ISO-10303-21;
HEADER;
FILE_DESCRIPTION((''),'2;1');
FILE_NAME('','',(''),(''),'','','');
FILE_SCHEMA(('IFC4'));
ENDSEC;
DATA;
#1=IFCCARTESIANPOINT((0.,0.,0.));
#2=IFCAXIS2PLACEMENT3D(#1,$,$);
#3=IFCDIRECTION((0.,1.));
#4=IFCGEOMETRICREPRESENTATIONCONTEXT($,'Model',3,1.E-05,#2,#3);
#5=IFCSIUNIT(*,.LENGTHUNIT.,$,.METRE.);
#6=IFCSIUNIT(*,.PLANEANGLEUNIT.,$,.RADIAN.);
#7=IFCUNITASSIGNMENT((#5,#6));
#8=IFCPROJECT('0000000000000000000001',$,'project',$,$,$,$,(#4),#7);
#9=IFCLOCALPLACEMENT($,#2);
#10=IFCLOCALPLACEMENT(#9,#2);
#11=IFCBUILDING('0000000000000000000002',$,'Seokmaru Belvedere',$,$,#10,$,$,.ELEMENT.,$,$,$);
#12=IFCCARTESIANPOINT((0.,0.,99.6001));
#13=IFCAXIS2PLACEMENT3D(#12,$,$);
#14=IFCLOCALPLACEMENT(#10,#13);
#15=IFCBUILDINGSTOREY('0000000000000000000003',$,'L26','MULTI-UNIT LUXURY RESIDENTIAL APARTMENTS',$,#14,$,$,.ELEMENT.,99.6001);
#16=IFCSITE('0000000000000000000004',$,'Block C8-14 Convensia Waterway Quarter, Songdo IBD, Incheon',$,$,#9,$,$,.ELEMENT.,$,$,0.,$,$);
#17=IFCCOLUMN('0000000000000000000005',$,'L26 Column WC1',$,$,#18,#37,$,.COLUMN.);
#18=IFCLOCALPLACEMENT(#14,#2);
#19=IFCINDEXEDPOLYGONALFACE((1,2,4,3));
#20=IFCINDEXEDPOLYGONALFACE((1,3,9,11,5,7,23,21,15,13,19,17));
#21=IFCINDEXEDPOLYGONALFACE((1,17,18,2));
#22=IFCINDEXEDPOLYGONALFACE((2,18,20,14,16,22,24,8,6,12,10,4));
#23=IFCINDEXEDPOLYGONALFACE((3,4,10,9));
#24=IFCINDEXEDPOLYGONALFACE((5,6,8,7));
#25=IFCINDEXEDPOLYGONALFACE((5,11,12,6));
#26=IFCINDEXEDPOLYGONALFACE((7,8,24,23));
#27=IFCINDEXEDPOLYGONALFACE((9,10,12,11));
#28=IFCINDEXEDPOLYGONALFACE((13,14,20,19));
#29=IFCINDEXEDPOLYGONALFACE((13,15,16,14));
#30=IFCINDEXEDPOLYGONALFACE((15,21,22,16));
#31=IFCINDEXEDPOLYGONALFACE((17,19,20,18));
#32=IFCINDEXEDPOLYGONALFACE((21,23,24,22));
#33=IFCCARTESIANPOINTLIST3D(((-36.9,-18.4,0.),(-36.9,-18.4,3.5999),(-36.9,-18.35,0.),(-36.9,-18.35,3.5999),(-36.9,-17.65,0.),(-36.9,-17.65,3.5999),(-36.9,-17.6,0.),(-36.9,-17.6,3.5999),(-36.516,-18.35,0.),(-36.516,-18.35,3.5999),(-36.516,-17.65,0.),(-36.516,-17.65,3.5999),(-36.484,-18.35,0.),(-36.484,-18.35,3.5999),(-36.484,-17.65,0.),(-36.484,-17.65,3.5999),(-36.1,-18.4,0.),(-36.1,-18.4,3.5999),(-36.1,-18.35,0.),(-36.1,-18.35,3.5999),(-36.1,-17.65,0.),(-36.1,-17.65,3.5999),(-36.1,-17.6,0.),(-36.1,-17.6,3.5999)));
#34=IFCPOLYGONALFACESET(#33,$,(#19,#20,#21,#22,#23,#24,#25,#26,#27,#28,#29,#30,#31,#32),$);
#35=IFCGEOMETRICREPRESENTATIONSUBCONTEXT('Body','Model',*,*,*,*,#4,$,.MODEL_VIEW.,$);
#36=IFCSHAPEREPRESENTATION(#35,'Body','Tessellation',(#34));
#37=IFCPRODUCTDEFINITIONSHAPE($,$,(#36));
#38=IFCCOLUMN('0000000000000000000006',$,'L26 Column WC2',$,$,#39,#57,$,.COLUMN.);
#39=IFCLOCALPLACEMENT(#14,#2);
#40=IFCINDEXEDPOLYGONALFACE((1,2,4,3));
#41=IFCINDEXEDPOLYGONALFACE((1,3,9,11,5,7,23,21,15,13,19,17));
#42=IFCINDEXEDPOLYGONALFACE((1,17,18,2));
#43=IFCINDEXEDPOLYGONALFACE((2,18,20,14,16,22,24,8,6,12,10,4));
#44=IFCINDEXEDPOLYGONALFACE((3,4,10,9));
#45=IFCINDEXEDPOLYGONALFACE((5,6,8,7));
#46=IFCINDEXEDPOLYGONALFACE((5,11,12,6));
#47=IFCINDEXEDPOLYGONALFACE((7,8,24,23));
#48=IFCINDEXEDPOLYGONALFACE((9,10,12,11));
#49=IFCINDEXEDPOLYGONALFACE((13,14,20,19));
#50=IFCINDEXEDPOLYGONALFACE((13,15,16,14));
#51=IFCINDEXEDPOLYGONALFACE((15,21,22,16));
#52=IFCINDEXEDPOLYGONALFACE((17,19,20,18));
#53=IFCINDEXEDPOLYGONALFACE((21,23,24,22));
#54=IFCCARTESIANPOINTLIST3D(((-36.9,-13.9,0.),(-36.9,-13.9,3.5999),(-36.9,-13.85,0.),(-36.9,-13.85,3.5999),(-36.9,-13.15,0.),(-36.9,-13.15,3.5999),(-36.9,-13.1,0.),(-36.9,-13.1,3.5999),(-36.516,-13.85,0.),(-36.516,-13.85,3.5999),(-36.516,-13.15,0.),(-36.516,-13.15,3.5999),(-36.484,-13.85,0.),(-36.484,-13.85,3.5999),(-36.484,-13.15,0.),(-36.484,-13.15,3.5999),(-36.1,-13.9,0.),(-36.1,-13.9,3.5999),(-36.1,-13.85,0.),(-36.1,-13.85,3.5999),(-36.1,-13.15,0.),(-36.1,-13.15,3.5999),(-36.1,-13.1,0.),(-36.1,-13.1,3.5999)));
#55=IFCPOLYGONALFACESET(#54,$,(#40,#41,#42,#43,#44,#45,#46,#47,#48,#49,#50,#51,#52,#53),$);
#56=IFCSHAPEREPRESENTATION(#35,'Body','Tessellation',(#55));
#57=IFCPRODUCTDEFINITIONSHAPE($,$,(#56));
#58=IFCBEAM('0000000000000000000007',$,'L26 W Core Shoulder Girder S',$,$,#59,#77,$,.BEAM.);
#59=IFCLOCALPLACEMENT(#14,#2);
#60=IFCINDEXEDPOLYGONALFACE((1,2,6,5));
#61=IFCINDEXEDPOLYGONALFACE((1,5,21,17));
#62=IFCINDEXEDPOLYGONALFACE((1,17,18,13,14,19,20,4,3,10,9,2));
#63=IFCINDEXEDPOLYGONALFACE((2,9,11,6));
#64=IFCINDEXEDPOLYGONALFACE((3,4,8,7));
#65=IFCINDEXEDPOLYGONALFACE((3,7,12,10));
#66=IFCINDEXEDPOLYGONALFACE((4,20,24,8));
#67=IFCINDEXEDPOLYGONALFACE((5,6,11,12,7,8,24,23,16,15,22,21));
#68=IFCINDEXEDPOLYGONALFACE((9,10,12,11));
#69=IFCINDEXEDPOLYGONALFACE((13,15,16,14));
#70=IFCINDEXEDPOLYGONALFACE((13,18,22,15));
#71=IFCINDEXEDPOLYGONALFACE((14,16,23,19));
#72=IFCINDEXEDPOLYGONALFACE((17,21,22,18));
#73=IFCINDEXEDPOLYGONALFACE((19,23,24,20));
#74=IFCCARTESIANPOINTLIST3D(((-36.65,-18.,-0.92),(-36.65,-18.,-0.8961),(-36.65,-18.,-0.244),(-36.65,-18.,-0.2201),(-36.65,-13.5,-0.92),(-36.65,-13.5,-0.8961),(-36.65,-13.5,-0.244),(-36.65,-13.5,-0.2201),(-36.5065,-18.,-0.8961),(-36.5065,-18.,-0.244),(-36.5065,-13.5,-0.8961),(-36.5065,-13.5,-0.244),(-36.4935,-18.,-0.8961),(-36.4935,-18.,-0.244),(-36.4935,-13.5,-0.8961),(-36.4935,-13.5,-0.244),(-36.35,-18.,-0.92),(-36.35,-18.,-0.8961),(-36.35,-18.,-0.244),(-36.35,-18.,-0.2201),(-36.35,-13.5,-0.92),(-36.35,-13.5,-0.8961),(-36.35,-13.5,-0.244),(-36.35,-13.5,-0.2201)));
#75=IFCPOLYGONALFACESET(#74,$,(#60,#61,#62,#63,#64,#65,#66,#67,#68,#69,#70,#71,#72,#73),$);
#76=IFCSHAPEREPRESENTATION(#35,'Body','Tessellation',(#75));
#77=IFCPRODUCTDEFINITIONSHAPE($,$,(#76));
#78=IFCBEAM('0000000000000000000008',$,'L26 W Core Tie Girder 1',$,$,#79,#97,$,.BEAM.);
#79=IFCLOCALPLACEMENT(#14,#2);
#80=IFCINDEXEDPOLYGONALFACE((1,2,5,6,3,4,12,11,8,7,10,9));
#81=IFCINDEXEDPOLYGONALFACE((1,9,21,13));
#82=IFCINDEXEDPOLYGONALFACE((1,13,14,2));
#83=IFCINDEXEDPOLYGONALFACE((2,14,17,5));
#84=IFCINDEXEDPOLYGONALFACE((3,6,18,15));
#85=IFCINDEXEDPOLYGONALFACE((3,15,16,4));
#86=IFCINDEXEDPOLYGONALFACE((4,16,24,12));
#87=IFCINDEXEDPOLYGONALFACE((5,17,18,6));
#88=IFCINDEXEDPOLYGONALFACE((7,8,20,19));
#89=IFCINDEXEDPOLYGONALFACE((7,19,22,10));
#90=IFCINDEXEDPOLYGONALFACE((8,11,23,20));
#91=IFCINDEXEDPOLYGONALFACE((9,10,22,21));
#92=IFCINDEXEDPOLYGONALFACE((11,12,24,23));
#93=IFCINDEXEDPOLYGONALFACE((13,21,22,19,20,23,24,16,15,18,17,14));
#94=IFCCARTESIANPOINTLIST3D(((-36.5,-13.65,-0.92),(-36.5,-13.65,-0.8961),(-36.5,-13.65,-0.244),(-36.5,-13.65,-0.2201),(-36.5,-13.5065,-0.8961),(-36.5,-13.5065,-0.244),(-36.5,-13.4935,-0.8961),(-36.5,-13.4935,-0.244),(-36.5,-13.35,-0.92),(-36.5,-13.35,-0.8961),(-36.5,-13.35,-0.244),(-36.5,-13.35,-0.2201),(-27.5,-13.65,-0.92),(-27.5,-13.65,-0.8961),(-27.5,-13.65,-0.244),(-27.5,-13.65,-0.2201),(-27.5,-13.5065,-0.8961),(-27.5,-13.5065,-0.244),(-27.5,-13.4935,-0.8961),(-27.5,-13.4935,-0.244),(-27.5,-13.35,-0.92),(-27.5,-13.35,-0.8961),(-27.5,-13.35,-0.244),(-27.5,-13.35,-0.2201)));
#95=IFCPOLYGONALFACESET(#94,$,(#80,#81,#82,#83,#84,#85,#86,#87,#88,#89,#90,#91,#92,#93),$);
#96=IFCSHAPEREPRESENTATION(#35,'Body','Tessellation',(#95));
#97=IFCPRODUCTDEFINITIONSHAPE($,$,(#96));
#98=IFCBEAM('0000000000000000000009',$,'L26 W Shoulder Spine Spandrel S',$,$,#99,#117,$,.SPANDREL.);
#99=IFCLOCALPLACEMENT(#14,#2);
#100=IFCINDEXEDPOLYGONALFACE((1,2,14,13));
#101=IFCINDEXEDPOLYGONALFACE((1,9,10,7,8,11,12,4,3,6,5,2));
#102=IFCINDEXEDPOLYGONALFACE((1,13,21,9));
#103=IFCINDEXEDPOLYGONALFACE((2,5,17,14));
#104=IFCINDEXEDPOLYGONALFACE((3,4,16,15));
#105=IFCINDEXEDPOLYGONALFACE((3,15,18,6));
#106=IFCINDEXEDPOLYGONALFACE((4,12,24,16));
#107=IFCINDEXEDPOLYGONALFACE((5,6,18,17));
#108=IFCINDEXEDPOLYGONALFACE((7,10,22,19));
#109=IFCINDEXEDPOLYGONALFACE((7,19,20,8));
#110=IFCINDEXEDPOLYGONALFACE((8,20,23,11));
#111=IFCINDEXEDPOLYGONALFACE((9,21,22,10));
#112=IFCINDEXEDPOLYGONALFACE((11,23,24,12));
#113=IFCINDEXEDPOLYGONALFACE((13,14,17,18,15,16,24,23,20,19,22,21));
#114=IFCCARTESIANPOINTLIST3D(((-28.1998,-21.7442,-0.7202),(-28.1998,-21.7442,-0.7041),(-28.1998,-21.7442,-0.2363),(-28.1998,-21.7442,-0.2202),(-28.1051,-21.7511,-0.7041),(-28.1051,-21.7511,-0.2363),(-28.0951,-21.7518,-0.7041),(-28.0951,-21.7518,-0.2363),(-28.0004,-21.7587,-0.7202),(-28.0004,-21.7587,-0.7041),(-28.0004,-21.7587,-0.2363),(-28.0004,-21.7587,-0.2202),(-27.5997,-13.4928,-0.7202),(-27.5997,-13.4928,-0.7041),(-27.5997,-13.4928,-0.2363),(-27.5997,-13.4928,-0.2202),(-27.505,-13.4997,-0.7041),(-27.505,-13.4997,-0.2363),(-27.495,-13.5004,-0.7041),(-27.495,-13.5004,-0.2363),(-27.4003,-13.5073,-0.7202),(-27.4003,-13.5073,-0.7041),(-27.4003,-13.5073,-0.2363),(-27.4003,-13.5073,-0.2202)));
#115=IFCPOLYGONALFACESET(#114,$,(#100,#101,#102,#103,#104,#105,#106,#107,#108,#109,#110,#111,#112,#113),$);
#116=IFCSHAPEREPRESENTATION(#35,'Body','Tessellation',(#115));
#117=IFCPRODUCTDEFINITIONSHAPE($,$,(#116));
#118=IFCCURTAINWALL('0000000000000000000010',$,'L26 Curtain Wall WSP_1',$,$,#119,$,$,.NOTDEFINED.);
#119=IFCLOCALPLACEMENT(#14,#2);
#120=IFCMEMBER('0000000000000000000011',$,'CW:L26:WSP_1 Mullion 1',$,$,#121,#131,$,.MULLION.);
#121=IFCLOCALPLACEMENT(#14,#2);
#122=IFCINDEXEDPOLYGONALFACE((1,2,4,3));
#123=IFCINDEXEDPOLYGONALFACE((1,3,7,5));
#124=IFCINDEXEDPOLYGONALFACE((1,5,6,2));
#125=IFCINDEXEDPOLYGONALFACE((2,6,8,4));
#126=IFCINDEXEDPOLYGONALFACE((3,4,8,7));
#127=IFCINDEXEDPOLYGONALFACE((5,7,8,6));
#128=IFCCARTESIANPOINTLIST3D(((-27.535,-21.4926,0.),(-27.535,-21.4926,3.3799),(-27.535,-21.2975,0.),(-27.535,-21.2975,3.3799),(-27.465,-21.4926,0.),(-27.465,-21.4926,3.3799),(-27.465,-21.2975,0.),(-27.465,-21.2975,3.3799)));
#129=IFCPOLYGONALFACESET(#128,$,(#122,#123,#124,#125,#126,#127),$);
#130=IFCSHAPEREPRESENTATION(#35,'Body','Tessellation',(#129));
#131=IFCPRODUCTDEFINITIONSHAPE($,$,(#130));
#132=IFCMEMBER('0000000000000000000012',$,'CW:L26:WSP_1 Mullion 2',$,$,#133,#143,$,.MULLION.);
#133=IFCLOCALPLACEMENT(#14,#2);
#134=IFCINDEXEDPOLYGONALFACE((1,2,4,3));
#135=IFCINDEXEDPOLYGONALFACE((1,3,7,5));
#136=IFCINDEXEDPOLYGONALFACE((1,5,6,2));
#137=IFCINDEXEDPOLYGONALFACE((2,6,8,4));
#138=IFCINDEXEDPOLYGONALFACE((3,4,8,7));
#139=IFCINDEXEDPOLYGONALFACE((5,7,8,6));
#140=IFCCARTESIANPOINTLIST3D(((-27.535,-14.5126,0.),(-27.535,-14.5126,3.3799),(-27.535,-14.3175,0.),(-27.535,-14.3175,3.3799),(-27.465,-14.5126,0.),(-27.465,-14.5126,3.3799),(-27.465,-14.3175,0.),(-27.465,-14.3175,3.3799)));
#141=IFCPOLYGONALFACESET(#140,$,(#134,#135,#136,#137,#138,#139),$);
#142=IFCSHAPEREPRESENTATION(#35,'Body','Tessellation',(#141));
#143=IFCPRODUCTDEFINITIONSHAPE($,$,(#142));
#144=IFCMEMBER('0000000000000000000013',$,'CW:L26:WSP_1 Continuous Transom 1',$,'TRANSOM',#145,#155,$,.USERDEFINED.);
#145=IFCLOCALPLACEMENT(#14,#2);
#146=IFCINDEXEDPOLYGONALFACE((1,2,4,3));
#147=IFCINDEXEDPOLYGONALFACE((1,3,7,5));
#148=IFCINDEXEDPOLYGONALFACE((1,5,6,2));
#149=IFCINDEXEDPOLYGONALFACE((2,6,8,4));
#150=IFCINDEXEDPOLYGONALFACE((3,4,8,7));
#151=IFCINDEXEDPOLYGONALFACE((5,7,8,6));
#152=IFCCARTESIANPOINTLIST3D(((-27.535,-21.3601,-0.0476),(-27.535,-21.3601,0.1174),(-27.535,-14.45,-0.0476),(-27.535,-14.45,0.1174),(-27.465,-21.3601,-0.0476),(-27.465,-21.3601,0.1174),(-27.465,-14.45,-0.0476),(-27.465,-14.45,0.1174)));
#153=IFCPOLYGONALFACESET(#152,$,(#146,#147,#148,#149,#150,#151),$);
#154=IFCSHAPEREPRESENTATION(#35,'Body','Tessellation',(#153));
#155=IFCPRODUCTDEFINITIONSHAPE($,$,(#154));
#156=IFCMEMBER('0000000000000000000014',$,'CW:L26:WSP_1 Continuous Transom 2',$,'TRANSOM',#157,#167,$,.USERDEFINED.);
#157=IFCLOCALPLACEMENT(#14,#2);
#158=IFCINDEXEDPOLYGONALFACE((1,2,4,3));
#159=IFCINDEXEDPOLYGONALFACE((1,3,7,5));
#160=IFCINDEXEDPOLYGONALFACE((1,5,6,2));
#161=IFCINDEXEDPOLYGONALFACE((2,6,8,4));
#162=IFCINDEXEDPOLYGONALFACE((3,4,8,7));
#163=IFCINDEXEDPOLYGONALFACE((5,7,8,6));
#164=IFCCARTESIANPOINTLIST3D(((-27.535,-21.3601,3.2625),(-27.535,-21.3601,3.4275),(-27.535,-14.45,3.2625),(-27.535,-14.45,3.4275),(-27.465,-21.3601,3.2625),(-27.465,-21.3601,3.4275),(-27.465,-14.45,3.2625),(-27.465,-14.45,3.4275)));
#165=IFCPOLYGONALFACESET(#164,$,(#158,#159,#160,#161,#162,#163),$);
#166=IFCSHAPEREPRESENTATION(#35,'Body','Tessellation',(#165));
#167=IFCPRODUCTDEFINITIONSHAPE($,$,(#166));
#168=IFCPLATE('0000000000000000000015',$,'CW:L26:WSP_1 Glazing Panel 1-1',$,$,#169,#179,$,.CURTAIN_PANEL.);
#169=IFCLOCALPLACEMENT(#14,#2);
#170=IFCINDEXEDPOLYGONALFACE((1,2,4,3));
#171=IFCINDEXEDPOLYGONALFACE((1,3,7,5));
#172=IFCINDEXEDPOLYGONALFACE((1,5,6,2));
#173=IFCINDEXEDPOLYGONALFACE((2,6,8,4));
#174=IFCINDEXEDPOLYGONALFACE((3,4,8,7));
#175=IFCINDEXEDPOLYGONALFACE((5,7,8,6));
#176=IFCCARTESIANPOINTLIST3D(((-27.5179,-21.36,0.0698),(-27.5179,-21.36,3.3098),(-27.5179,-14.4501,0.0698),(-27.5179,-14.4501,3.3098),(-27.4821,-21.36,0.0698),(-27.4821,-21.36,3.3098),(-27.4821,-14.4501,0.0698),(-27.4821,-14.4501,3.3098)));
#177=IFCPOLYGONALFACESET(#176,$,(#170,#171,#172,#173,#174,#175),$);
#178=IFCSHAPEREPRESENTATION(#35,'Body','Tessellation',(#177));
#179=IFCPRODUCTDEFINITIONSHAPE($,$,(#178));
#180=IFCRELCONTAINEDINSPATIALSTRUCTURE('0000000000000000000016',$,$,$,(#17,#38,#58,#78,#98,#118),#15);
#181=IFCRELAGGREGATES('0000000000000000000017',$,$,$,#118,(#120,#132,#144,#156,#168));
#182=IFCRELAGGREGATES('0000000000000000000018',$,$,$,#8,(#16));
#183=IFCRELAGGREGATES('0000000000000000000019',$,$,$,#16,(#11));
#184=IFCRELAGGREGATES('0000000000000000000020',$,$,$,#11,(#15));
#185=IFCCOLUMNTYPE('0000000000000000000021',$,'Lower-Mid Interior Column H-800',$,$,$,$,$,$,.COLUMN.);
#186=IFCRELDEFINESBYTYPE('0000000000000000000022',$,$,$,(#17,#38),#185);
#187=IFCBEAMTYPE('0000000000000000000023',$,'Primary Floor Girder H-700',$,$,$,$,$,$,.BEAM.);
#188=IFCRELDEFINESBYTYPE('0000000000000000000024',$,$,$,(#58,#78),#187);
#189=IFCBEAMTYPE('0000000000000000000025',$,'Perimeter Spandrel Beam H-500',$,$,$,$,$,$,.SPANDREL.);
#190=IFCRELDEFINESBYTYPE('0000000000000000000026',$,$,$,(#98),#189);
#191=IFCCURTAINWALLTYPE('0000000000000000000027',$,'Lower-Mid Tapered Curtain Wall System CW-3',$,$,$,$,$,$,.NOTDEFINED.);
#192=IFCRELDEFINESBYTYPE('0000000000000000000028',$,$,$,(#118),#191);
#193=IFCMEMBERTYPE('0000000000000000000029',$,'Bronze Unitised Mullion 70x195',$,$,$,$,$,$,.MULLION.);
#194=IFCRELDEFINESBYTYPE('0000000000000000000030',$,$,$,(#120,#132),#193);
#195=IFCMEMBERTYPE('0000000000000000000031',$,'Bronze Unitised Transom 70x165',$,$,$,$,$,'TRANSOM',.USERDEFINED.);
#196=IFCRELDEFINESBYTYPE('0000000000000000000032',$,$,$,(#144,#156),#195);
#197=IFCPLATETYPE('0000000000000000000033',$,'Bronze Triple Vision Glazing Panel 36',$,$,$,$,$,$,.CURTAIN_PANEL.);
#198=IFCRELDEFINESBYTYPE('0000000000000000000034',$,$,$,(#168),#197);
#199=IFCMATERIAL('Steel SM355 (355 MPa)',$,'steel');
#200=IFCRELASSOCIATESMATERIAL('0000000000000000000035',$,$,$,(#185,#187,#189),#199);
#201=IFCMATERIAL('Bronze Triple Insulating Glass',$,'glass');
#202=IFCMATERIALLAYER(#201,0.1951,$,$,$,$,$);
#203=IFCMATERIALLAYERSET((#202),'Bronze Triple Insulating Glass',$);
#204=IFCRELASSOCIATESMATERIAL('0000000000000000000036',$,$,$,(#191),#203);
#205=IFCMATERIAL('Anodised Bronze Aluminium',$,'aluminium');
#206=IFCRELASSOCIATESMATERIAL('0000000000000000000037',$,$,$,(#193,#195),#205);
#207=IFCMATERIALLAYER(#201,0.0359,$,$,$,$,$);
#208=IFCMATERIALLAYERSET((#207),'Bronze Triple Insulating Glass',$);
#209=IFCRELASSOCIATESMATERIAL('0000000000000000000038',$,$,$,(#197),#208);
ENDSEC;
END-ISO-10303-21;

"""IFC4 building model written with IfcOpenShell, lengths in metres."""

from ifc_helpers import new_model, si_unit, direction, frame, origin, origin_2d, place, context, subcontext, project, spatial, rectangle, i_section, extrude, source, transform, mapped, material, layer, layer_set, material_profile, profile_set, type_object, type_shapes, element, aggregate, save


model = new_model("IFC4")

# Units and contexts
model_context = context("Model", 3, precision=1e-05, world=origin(), true_north=direction((0.0, 1.0)))
body_context = subcontext(model_context, "Body", "Model", "MODEL_VIEW")
ifc_project = project(units=[si_unit("LENGTHUNIT", "METRE"), si_unit("PLANEANGLEUNIT", "RADIAN")], contexts=[model_context])

# Site, building, storey
site_placement = place(None, origin())
site = spatial("IfcSite", under=ifc_project, at=site_placement, Name="Block C8-14 Convensia Waterway Quarter, Songdo IBD, Incheon", CompositionType="ELEMENT", RefElevation=0.0)
building_placement = place(site_placement, origin())
building = spatial("IfcBuilding", under=site, at=building_placement, Name="Seokmaru Belvedere", CompositionType="ELEMENT")
storey_placement = place(building_placement, frame((0.0, 0.0, 99.6001)))
storey = spatial("IfcBuildingStorey", under=building, at=storey_placement, Name="L26", Description="MULTI-UNIT LUXURY RESIDENTIAL APARTMENTS", CompositionType="ELEMENT", Elevation=99.6001)

# Columns
ifc_material_1 = material(Name="Steel SM355 (355 MPa)", Category="steel")
ifc_material_profile_1 = material_profile(ifc_material_1, i_section(OverallWidth=0.8, OverallDepth=0.8, WebThickness=0.032, FlangeThickness=0.05, at=origin_2d()), Name="H-800x800x32x50")
ifc_profile_set_1 = profile_set([ifc_material_profile_1], Name="Steel SM355 (355 MPa)")
column_type = type_object("IfcColumnType", Name="Lower-Mid Interior Column H-800", PredefinedType="COLUMN", material=ifc_profile_set_1)
shared_shape_1 = source(origin(), body_context, "Body", "SweptSolid", [
    extrude(i_section(OverallWidth=0.8, OverallDepth=0.8, WebThickness=0.032, FlangeThickness=0.05, at=origin_2d()), origin(), (0.0, 0.0, 1.0), 3.5999),
])
type_shapes(column_type, [shared_shape_1])
for number, where, z_axis, x_axis, name in (
    (1, (-36.5, -18.0, 0.0), (0.0, 0.0, 1.0), (1.0, 0.0, 0.0), "L26 Column WC1"),
    (2, (-36.5, -13.5, 0.0), (0.0, 0.0, 1.0), (1.0, 0.0, 0.0), "L26 Column WC2"),
):
    element("IfcColumn", number, at=place(storey_placement, frame(where, z_axis=z_axis, x_axis=x_axis)), inside=storey, type_object=column_type, Name=name, PredefinedType="COLUMN", context=body_context, shape_type="MappedRepresentation", body=[
        mapped(shared_shape_1, transform((0.0, 0.0, 0.0), scale=1.0)),
    ])

# Beams
ifc_material_profile_2 = material_profile(ifc_material_1, i_section(OverallWidth=0.3, OverallDepth=0.7, WebThickness=0.0129, FlangeThickness=0.0239, at=origin_2d()), Name="H-700x300x13x24")
ifc_profile_set_2 = profile_set([ifc_material_profile_2], Name="Steel SM355 (355 MPa)")
beam_type_1 = type_object("IfcBeamType", Name="Primary Floor Girder H-700", PredefinedType="BEAM", material=ifc_profile_set_2)
shared_shape_2 = source(origin(), body_context, "Body", "SweptSolid", [
    extrude(i_section(OverallWidth=0.3, OverallDepth=0.7, WebThickness=0.0129, FlangeThickness=0.0239, at=origin_2d()), origin(), (0.0, 0.0, 1.0), 4.5),
])
beam_1_placement = place(storey_placement, frame((-36.5, -18.0, -0.5701), z_axis=(0.0, 1.0, 0.0), x_axis=(-1.0, 0.0, 0.0)))
element("IfcBeam", 3, at=beam_1_placement, inside=storey, type_object=beam_type_1, Name="L26 W Core Shoulder Girder S", PredefinedType="BEAM", context=body_context, shape_type="MappedRepresentation", body=[
    mapped(shared_shape_2, transform((0.0, 0.0, 0.0), scale=1.0)),
])
shared_shape_3 = source(origin(), body_context, "Body", "SweptSolid", [
    extrude(i_section(OverallWidth=0.3, OverallDepth=0.7, WebThickness=0.0129, FlangeThickness=0.0239, at=origin_2d()), origin(), (0.0, 0.0, 1.0), 9.0),
])
type_shapes(beam_type_1, [shared_shape_2, shared_shape_3])
beam_2_placement = place(storey_placement, frame((-36.5, -13.5, -0.5701), z_axis=(1.0, 0.0, 0.0), x_axis=(0.0, 1.0, 0.0)))
element("IfcBeam", 4, at=beam_2_placement, inside=storey, type_object=beam_type_1, Name="L26 W Core Tie Girder 1", PredefinedType="BEAM", context=body_context, shape_type="MappedRepresentation", body=[
    mapped(shared_shape_3, transform((0.0, 0.0, 0.0), scale=1.0)),
])
ifc_material_profile_3 = material_profile(ifc_material_1, i_section(OverallWidth=0.2, OverallDepth=0.5, WebThickness=0.01, FlangeThickness=0.0161, at=origin_2d()), Name="H-500x200x10x16")
ifc_profile_set_3 = profile_set([ifc_material_profile_3], Name="Steel SM355 (355 MPa)")
beam_type_2 = type_object("IfcBeamType", Name="Perimeter Spandrel Beam H-500", PredefinedType="SPANDREL", material=ifc_profile_set_3)
shared_shape_4 = source(origin(), body_context, "Body", "SweptSolid", [
    extrude(i_section(OverallWidth=0.2, OverallDepth=0.5, WebThickness=0.01, FlangeThickness=0.0161, at=origin_2d()), origin(), (0.0, 0.0, 1.0), 8.2732),
])
type_shapes(beam_type_2, [shared_shape_4])
beam_3_placement = place(storey_placement, frame((-28.1001, -21.7515, -0.4702), z_axis=(0.072535, 0.997366, 0.0), x_axis=(-0.997366, 0.072535, 0.0)))
element("IfcBeam", 5, at=beam_3_placement, inside=storey, type_object=beam_type_2, Name="L26 W Shoulder Spine Spandrel S", PredefinedType="SPANDREL", context=body_context, shape_type="MappedRepresentation", body=[
    mapped(shared_shape_4, transform((0.0, 0.0, 0.0), scale=1.0)),
])

# Curtain wall, members, plate
ifc_material_2 = material(Name="Bronze Triple Insulating Glass", Category="glass")
ifc_layer_1 = layer(ifc_material_2, 0.1951)
ifc_layer_set_1 = layer_set([ifc_layer_1], Name="Bronze Triple Insulating Glass")
curtain_wall_type = type_object("IfcCurtainWallType", Name="Lower-Mid Tapered Curtain Wall System CW-3", PredefinedType="NOTDEFINED", material=ifc_layer_set_1)
curtain_wall_placement = place(storey_placement, origin())
curtain_wall = element("IfcCurtainWall", 6, at=curtain_wall_placement, inside=storey, type_object=curtain_wall_type, Name="L26 Curtain Wall WSP_1", PredefinedType="NOTDEFINED")
ifc_material_3 = material(Name="Anodised Bronze Aluminium", Category="aluminium")
ifc_material_profile_4 = material_profile(ifc_material_3, rectangle(XDim=0.0701, YDim=0.1951, at=origin_2d()), Name="CW-M-70x195")
ifc_profile_set_4 = profile_set([ifc_material_profile_4], Name="Anodised Bronze Aluminium")
member_type_1 = type_object("IfcMemberType", Name="Bronze Unitised Mullion 70x195", PredefinedType="MULLION", material=ifc_profile_set_4)
shared_shape_5 = source(origin(), body_context, "Body", "SweptSolid", [
    extrude(rectangle(XDim=0.0701, YDim=0.1951, at=origin_2d()), origin(), (0.0, 0.0, 1.0), 3.3799),
])
type_shapes(member_type_1, [shared_shape_5])
member_1_placement = place(storey_placement, frame((-27.5, -21.395, 0.0), z_axis=(0.0, 0.0, 1.0), x_axis=(-1.0, 0.0, 0.0)))
member_1 = element("IfcMember", 7, at=member_1_placement, type_object=member_type_1, Name="CW:L26:WSP_1 Mullion 1", PredefinedType="MULLION", context=body_context, shape_type="MappedRepresentation", body=[
    mapped(shared_shape_5, transform((0.0, 0.0, 0.0), scale=1.0)),
])
member_2_placement = place(storey_placement, frame((-27.5, -14.415, 0.0), z_axis=(0.0, 0.0, 1.0), x_axis=(-1.0, 0.0, 0.0)))
member_2 = element("IfcMember", 8, at=member_2_placement, type_object=member_type_1, Name="CW:L26:WSP_1 Mullion 2", PredefinedType="MULLION", context=body_context, shape_type="MappedRepresentation", body=[
    mapped(shared_shape_5, transform((0.0, 0.0, 0.0), scale=1.0)),
])
ifc_material_profile_5 = material_profile(ifc_material_3, rectangle(XDim=0.0701, YDim=0.165, at=origin_2d()), Name="CW-T-70x165")
ifc_profile_set_5 = profile_set([ifc_material_profile_5], Name="Anodised Bronze Aluminium")
member_type_2 = type_object("IfcMemberType", Name="Bronze Unitised Transom 70x165", ElementType="TRANSOM", PredefinedType="USERDEFINED", material=ifc_profile_set_5)
shared_shape_6 = source(origin(), body_context, "Body", "SweptSolid", [
    extrude(rectangle(XDim=0.0701, YDim=0.165, at=origin_2d()), origin(), (0.0, 0.0, 1.0), 6.9102),
])
type_shapes(member_type_2, [shared_shape_6])
member_3_placement = place(storey_placement, frame((-27.5, -21.3601, 0.0349), z_axis=(0.0, 1.0, 0.0), x_axis=(-1.0, 0.0, 0.0)))
member_3 = element("IfcMember", 9, at=member_3_placement, type_object=member_type_2, Name="CW:L26:WSP_1 Continuous Transom 1", ObjectType="TRANSOM", PredefinedType="USERDEFINED", context=body_context, shape_type="MappedRepresentation", body=[
    mapped(shared_shape_6, transform((0.0, 0.0, 0.0), scale=1.0)),
])
member_4_placement = place(storey_placement, frame((-27.5, -21.3601, 3.345), z_axis=(0.0, 1.0, 0.0), x_axis=(-1.0, 0.0, 0.0)))
member_4 = element("IfcMember", 10, at=member_4_placement, type_object=member_type_2, Name="CW:L26:WSP_1 Continuous Transom 2", ObjectType="TRANSOM", PredefinedType="USERDEFINED", context=body_context, shape_type="MappedRepresentation", body=[
    mapped(shared_shape_6, transform((0.0, 0.0, 0.0), scale=1.0)),
])
ifc_layer_2 = layer(ifc_material_2, 0.0359)
ifc_layer_set_2 = layer_set([ifc_layer_2], Name="Bronze Triple Insulating Glass")
plate_type = type_object("IfcPlateType", Name="Bronze Triple Vision Glazing Panel 36", PredefinedType="CURTAIN_PANEL", material=ifc_layer_set_2)
shared_shape_7 = source(origin(), body_context, "Body", "SweptSolid", [
    extrude(rectangle(XDim=6.9099, YDim=0.0359, at=origin_2d()), origin(), (0.0, 0.0, 1.0), 3.24),
])
type_shapes(plate_type, [shared_shape_7])
plate_placement = place(storey_placement, frame((-27.5, -17.905, 0.0698), z_axis=(0.0, 0.0, 1.0), x_axis=(0.0, 1.0, 0.0)))
plate = element("IfcPlate", 11, at=plate_placement, type_object=plate_type, Name="CW:L26:WSP_1 Glazing Panel 1-1", PredefinedType="CURTAIN_PANEL", context=body_context, shape_type="MappedRepresentation", body=[
    mapped(shared_shape_7, transform((0.0, 0.0, 0.0), scale=1.0)),
])
aggregate(curtain_wall, [member_1, member_2, member_3, member_4, plate])

save(model, "model.ifc")
